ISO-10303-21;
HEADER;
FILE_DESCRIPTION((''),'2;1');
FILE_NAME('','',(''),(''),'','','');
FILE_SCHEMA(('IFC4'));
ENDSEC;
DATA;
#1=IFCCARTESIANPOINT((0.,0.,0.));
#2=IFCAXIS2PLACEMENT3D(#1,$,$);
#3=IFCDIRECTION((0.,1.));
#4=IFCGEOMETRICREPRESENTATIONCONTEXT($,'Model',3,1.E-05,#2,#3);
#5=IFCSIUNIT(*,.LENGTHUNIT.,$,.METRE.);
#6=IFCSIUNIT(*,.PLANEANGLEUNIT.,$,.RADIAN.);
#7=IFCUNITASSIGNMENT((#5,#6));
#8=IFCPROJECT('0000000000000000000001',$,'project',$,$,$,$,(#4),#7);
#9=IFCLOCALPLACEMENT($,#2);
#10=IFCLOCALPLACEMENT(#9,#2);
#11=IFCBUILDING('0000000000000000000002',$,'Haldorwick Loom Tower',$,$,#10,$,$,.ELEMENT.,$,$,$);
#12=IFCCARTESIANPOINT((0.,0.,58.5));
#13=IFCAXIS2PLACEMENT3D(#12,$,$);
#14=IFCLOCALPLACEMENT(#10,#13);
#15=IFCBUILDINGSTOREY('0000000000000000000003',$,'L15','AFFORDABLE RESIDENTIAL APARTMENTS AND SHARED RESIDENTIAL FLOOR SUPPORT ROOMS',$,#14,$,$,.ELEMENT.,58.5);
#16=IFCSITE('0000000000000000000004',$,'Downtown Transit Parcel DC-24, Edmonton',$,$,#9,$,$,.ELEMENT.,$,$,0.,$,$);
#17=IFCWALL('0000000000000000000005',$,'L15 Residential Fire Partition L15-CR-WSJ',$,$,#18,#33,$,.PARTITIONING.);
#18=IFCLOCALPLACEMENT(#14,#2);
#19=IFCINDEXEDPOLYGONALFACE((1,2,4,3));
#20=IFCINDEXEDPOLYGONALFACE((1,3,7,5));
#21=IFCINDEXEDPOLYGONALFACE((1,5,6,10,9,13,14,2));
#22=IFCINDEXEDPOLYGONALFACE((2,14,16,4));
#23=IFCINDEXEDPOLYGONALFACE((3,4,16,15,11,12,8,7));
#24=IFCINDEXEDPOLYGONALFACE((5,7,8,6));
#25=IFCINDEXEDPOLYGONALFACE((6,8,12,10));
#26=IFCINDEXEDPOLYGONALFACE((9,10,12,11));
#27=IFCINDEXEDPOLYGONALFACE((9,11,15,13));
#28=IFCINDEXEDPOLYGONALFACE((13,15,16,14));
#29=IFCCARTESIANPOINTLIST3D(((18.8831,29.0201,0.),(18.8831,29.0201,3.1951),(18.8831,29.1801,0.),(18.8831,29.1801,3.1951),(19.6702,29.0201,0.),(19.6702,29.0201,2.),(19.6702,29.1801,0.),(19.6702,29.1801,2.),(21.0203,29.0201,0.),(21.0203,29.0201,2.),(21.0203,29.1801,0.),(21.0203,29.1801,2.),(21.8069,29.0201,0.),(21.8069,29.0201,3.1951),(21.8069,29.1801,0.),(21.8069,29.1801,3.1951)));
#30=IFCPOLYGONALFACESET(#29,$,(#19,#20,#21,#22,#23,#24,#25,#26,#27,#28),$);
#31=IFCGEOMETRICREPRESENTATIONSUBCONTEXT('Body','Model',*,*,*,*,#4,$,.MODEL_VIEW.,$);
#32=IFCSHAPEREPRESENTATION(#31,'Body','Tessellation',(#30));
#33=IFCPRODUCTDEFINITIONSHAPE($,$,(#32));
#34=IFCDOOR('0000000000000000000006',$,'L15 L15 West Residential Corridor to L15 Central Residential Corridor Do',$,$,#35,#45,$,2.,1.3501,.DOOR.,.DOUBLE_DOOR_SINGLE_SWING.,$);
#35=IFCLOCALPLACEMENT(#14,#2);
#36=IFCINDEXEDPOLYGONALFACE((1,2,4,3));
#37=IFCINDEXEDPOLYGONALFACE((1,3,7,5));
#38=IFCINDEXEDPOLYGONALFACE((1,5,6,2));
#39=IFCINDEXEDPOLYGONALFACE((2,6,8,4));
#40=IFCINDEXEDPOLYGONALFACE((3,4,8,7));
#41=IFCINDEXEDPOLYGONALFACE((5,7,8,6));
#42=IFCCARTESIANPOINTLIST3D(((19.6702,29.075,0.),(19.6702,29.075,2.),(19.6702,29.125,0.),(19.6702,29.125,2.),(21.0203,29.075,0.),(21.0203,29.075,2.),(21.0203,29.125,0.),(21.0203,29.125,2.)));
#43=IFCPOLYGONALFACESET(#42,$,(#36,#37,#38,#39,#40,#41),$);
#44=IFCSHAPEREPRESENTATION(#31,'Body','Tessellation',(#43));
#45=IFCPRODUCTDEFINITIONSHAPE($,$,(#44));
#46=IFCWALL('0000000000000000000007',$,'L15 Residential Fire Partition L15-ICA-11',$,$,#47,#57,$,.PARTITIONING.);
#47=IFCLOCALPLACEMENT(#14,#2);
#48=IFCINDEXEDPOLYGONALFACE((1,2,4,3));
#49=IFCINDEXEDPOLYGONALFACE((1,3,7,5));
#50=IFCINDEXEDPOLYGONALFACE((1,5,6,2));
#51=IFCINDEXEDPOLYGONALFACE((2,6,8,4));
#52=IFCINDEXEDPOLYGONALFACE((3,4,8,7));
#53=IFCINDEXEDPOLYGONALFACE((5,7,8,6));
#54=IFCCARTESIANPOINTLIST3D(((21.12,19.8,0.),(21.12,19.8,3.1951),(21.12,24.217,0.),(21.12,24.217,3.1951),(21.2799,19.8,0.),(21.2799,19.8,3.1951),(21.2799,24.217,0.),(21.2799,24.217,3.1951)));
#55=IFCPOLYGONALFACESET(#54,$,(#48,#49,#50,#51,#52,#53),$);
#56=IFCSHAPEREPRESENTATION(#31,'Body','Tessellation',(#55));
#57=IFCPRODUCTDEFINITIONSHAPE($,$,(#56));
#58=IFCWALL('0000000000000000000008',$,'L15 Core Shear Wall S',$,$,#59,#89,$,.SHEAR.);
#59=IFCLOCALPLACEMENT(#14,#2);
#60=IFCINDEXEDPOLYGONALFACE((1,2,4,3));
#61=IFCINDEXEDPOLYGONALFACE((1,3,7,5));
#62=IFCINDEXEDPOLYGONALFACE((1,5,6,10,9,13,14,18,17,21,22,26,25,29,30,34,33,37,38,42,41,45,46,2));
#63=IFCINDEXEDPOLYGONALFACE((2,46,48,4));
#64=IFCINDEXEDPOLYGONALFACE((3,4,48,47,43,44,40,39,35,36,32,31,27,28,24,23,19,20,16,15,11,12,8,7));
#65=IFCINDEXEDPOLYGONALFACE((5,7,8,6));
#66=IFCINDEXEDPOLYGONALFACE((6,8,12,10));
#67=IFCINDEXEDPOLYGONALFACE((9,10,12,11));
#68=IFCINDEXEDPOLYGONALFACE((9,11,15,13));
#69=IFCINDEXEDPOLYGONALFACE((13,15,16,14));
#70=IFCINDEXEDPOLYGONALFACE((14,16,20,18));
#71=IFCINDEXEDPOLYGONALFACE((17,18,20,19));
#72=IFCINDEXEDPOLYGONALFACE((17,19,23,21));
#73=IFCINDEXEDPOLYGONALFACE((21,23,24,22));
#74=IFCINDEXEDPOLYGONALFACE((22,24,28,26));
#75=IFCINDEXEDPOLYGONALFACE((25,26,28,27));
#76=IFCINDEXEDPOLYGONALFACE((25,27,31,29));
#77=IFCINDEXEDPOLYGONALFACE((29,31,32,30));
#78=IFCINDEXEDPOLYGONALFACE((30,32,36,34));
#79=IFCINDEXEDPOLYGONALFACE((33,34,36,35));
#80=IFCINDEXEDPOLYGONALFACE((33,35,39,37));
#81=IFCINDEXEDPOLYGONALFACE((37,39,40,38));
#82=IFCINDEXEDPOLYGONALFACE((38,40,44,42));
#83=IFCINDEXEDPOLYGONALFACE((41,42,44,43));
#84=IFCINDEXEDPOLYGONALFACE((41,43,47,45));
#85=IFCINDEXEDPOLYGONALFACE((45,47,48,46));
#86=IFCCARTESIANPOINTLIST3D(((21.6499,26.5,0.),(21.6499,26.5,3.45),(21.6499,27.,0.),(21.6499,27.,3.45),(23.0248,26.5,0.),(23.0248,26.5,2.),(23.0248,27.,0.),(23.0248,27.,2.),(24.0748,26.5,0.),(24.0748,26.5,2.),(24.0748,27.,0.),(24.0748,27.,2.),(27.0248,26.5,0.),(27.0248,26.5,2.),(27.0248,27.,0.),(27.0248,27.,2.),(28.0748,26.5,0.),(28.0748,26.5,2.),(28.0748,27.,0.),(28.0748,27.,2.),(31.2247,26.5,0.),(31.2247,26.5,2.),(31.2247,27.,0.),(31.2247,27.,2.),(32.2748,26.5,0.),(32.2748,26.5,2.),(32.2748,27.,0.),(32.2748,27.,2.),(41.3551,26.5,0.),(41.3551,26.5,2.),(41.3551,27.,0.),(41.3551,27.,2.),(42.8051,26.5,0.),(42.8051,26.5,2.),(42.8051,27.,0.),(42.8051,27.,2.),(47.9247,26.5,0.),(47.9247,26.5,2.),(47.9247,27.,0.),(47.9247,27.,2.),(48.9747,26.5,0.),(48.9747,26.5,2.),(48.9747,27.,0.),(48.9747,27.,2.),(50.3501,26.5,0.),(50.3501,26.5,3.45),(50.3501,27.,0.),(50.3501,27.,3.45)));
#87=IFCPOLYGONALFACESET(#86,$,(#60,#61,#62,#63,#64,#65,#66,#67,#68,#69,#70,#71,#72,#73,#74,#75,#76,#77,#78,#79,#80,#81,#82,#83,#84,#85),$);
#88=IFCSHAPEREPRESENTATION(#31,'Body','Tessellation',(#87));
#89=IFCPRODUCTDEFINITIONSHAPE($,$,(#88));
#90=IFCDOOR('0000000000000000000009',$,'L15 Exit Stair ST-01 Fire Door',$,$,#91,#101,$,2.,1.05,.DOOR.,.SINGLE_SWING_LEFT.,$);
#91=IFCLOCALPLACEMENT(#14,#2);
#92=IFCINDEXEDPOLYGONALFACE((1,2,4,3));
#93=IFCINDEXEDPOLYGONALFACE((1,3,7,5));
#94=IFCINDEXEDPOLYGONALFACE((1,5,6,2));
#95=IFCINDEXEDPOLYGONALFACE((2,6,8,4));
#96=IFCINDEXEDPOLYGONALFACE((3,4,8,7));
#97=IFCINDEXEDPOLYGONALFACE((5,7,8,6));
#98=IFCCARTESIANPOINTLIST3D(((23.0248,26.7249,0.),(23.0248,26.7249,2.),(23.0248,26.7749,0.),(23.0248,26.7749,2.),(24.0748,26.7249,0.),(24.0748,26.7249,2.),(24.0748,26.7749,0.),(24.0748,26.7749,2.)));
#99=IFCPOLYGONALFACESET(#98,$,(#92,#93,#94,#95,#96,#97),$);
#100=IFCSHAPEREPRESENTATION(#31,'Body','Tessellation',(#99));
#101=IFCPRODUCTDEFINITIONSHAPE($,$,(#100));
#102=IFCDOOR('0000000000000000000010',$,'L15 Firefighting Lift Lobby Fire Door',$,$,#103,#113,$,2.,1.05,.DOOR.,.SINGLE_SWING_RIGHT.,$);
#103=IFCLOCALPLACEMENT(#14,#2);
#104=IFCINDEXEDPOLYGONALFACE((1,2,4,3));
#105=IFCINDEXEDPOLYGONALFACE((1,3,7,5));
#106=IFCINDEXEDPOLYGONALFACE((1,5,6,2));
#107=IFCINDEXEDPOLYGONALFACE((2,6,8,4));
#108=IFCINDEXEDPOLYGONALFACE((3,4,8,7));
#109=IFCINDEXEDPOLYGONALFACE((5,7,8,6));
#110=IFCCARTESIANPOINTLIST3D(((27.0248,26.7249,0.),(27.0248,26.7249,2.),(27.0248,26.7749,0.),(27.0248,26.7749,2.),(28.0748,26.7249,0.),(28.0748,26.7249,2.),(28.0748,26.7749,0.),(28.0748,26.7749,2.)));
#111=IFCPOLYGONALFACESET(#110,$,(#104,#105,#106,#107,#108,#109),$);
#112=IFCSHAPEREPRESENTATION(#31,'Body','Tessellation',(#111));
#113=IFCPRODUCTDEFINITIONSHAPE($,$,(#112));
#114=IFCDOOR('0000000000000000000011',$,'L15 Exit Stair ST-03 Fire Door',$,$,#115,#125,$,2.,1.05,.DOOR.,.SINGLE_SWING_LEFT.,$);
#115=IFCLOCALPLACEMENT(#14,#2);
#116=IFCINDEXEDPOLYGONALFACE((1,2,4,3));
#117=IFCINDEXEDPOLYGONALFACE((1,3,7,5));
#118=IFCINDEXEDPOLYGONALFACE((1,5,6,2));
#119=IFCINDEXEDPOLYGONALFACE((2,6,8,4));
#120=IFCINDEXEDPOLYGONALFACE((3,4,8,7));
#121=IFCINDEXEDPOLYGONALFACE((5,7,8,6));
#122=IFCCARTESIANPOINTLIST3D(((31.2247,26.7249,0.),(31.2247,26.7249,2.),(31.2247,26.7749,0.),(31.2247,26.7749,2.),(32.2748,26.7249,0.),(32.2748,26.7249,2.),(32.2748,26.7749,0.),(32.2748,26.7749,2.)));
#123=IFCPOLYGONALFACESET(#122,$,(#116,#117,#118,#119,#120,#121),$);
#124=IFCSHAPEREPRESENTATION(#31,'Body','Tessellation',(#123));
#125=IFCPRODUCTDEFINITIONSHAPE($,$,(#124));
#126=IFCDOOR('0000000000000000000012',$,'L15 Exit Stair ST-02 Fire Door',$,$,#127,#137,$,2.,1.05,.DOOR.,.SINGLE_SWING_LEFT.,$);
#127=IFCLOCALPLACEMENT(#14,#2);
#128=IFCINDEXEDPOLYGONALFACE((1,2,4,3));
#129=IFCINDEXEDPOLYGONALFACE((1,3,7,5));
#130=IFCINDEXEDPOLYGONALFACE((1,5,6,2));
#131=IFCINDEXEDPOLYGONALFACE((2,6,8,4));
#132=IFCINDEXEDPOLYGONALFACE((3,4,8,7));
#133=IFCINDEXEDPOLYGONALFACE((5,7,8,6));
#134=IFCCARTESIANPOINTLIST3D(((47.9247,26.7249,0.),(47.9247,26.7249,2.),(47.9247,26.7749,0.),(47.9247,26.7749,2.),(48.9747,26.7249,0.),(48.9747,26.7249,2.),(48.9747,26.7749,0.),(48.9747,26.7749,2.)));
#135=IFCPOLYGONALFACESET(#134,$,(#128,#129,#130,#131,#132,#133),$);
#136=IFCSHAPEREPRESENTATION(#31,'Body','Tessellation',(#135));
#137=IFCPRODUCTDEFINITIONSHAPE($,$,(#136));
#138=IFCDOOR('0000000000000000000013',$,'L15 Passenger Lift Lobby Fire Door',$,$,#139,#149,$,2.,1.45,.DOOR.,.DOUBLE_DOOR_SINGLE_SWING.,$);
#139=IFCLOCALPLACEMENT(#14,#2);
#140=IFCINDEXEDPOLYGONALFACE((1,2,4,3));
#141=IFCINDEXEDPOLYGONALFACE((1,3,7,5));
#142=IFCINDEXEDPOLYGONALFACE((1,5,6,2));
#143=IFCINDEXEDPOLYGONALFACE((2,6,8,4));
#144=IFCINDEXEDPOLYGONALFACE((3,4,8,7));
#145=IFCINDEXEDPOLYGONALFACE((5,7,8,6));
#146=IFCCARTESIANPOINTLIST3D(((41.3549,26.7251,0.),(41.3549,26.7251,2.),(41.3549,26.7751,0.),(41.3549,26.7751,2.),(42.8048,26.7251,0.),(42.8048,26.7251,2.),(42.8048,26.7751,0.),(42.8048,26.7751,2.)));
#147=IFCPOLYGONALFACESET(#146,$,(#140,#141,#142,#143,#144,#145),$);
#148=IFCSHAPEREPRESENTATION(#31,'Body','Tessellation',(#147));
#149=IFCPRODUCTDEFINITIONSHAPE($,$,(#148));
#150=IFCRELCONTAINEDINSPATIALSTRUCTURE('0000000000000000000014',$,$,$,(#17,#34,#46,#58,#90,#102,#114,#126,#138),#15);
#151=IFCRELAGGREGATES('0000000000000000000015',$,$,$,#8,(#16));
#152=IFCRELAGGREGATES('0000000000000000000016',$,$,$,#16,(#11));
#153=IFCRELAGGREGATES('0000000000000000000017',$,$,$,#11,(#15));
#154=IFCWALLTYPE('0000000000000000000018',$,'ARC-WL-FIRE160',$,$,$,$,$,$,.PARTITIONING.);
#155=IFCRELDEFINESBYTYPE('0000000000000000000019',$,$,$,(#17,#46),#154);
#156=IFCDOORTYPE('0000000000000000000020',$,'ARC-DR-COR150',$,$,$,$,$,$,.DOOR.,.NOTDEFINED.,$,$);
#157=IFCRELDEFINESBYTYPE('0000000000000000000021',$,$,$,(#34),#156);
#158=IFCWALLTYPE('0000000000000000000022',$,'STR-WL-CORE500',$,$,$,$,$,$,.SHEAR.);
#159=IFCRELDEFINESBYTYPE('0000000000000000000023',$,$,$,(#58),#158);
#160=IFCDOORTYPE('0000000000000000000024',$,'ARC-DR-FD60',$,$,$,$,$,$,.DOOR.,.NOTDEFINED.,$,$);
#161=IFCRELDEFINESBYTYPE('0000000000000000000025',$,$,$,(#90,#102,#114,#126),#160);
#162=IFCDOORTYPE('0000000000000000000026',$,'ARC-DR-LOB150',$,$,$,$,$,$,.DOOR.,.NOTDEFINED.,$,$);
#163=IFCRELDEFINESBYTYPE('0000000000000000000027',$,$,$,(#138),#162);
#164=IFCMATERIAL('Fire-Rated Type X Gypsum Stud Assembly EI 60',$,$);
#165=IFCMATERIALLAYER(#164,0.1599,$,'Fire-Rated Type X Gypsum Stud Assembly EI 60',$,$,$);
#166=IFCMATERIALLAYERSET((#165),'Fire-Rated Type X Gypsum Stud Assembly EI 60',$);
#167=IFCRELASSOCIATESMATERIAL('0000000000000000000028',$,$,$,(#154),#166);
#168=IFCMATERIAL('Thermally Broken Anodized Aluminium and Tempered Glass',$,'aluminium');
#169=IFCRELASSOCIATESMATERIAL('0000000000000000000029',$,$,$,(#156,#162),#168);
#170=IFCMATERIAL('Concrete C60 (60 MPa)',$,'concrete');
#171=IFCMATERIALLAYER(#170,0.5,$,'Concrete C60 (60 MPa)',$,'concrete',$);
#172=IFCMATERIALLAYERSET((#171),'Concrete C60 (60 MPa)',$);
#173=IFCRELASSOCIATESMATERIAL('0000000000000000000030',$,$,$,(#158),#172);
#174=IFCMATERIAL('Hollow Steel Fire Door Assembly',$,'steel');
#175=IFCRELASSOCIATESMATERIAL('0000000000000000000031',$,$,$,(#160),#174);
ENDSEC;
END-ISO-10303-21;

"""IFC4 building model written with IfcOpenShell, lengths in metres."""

from ifc_helpers import new_model, si_unit, direction, frame, frame_2d, origin, place, context, subcontext, project, spatial, rectangle, extrude, material, layer, layer_set, type_object, element, fill, save


model = new_model("IFC4")

# Units and contexts
model_context = context("Model", 3, precision=1e-05, world=origin(), true_north=direction((0.0, 1.0)))
body_context = subcontext(model_context, "Body", "Model", "MODEL_VIEW")
ifc_project = project(units=[si_unit("LENGTHUNIT", "METRE"), si_unit("PLANEANGLEUNIT", "RADIAN")], contexts=[model_context])

# Site, building, storey
site_placement = place(None, origin())
site = spatial("IfcSite", under=ifc_project, at=site_placement, Name="Downtown Transit Parcel DC-24, Edmonton", CompositionType="ELEMENT", RefElevation=0.0)
building_placement = place(site_placement, origin())
building = spatial("IfcBuilding", under=site, at=building_placement, Name="Haldorwick Loom Tower", CompositionType="ELEMENT")
storey_placement = place(building_placement, frame((0.0, 0.0, 58.5)))
storey = spatial("IfcBuildingStorey", under=building, at=storey_placement, Name="L15", Description="AFFORDABLE RESIDENTIAL APARTMENTS AND SHARED RESIDENTIAL FLOOR SUPPORT ROOMS", CompositionType="ELEMENT", Elevation=58.5)

# Shared definitions
ifc_material_1 = material(Name="Concrete C60 (60 MPa)", Category="concrete")

# Wall, opening, door
ifc_material_2 = material(Name="Fire-Rated Type X Gypsum Stud Assembly EI 60")
ifc_layer_1 = layer(ifc_material_2, 0.1599, Name="Fire-Rated Type X Gypsum Stud Assembly EI 60")
ifc_layer_set_1 = layer_set([ifc_layer_1], Name="Fire-Rated Type X Gypsum Stud Assembly EI 60")
wall_type_1 = type_object("IfcWallType", Name="ARC-WL-FIRE160", PredefinedType="PARTITIONING", material=ifc_layer_set_1)
wall_1_placement = place(storey_placement, frame((18.8831, 29.1001, 0.0), z_axis=(0.0, 0.0, 1.0), x_axis=(1.0, 0.0, 0.0)))
wall_1 = element("IfcWall", 1, at=wall_1_placement, inside=storey, type_object=wall_type_1, Name="L15 Residential Fire Partition L15-CR-WSJ", PredefinedType="PARTITIONING", context=body_context, shape_type="SweptSolid", body=[
    extrude(rectangle(XDim=2.9238, YDim=0.1599, at=frame_2d((1.4619, 0.0))), origin(), (0.0, 0.0, 1.0), 3.1951),
])
opening_1_placement = place(wall_1_placement, frame((0.7871, 0.0, 0.0)))
opening_1 = element("IfcOpeningElement", 2, at=opening_1_placement, cuts=wall_1, PredefinedType="OPENING", context=body_context, shape_type="SweptSolid", body=[
    extrude(rectangle(XDim=1.3501, YDim=2.0, at=frame_2d((0.675, 1.0))), frame((0.0, 0.0898, 0.0), z_axis=(0.0, -1.0, 0.0), x_axis=(1.0, 0.0, 0.0)), (0.0, 0.0, 1.0), 0.1799),
])
ifc_material_3 = material(Name="Thermally Broken Anodized Aluminium and Tempered Glass", Category="aluminium")
door_type_1 = type_object("IfcDoorType", Name="ARC-DR-COR150", OperationType="NOTDEFINED", PredefinedType="DOOR", material=ifc_material_3)
door_1_placement = place(opening_1_placement, origin())
door_1 = element("IfcDoor", 3, at=door_1_placement, inside=storey, type_object=door_type_1, Name="L15 L15 West Residential Corridor to L15 Central Residential Corridor Do", OperationType="DOUBLE_DOOR_SINGLE_SWING", OverallHeight=2.0, OverallWidth=1.3501, PredefinedType="DOOR", context=body_context, shape_type="SweptSolid", body=[
    extrude(rectangle(XDim=1.3501, YDim=2.0, at=frame_2d((0.675, 1.0))), frame((0.0, 0.0249, 0.0), z_axis=(0.0, -1.0, 0.0), x_axis=(1.0, 0.0, 0.0)), (0.0, 0.0, 1.0), 0.05),
])
fill(opening_1, door_1)

# Wall
wall_2_placement = place(storey_placement, frame((21.2, 24.217, 0.0), z_axis=(0.0, 0.0, 1.0), x_axis=(0.0, -1.0, 0.0)))
element("IfcWall", 4, at=wall_2_placement, inside=storey, type_object=wall_type_1, Name="L15 Residential Fire Partition L15-ICA-11", PredefinedType="PARTITIONING", context=body_context, shape_type="SweptSolid", body=[
    extrude(rectangle(XDim=4.417, YDim=0.1599, at=frame_2d((2.2085, 0.0))), origin(), (0.0, 0.0, 1.0), 3.1951),
])

# Wall, openings, doors
ifc_layer_2 = layer(ifc_material_1, 0.5, Name="Concrete C60 (60 MPa)", Category="concrete")
ifc_layer_set_2 = layer_set([ifc_layer_2], Name="Concrete C60 (60 MPa)")
wall_type_2 = type_object("IfcWallType", Name="STR-WL-CORE500", PredefinedType="SHEAR", material=ifc_layer_set_2)
wall_3_placement = place(storey_placement, frame((21.6499, 26.75, 0.0), z_axis=(0.0, 0.0, 1.0), x_axis=(1.0, 0.0, 0.0)))
wall_3 = element("IfcWall", 5, at=wall_3_placement, inside=storey, type_object=wall_type_2, Name="L15 Core Shear Wall S", PredefinedType="SHEAR", context=body_context, shape_type="SweptSolid", body=[
    extrude(rectangle(XDim=28.7002, YDim=0.5, at=frame_2d((14.3501, 0.0))), origin(), (0.0, 0.0, 1.0), 3.45),
])
opening_2_placement = place(wall_3_placement, frame((1.375, 0.0, 0.0)))
opening_2 = element("IfcOpeningElement", 6, at=opening_2_placement, cuts=wall_3, PredefinedType="OPENING", context=body_context, shape_type="SweptSolid", body=[
    extrude(rectangle(XDim=1.05, YDim=2.0, at=frame_2d((0.5249, 1.0))), frame((0.0, 0.26, 0.0), z_axis=(0.0, -1.0, 0.0), x_axis=(1.0, 0.0, 0.0)), (0.0, 0.0, 1.0), 0.52),
])
opening_3_placement = place(wall_3_placement, frame((5.375, 0.0, 0.0)))
opening_3 = element("IfcOpeningElement", 7, at=opening_3_placement, cuts=wall_3, PredefinedType="OPENING", context=body_context, shape_type="SweptSolid", body=[
    extrude(rectangle(XDim=1.05, YDim=2.0, at=frame_2d((0.5249, 1.0))), frame((0.0, 0.26, 0.0), z_axis=(0.0, -1.0, 0.0), x_axis=(1.0, 0.0, 0.0)), (0.0, 0.0, 1.0), 0.52),
])
opening_4_placement = place(wall_3_placement, frame((9.575, 0.0, 0.0)))
opening_4 = element("IfcOpeningElement", 8, at=opening_4_placement, cuts=wall_3, PredefinedType="OPENING", context=body_context, shape_type="SweptSolid", body=[
    extrude(rectangle(XDim=1.05, YDim=2.0, at=frame_2d((0.5249, 1.0))), frame((0.0, 0.26, 0.0), z_axis=(0.0, -1.0, 0.0), x_axis=(1.0, 0.0, 0.0)), (0.0, 0.0, 1.0), 0.52),
])
opening_5_placement = place(wall_3_placement, frame((19.7051, 0.0, 0.0)))
opening_5 = element("IfcOpeningElement", 9, at=opening_5_placement, cuts=wall_3, PredefinedType="OPENING", context=body_context, shape_type="SweptSolid", body=[
    extrude(rectangle(XDim=1.45, YDim=2.0, at=frame_2d((0.7251, 1.0))), frame((0.0, 0.26, 0.0), z_axis=(0.0, -1.0, 0.0), x_axis=(1.0, 0.0, 0.0)), (0.0, 0.0, 1.0), 0.52),
])
opening_6_placement = place(wall_3_placement, frame((26.2749, 0.0, 0.0)))
opening_6 = element("IfcOpeningElement", 10, at=opening_6_placement, cuts=wall_3, PredefinedType="OPENING", context=body_context, shape_type="SweptSolid", body=[
    extrude(rectangle(XDim=1.05, YDim=2.0, at=frame_2d((0.5249, 1.0))), frame((0.0, 0.26, 0.0), z_axis=(0.0, -1.0, 0.0), x_axis=(1.0, 0.0, 0.0)), (0.0, 0.0, 1.0), 0.52),
])
ifc_material_4 = material(Name="Hollow Steel Fire Door Assembly", Category="steel")
door_type_2 = type_object("IfcDoorType", Name="ARC-DR-FD60", OperationType="NOTDEFINED", PredefinedType="DOOR", material=ifc_material_4)
door_2_placement = place(opening_2_placement, origin())
door_2 = element("IfcDoor", 11, at=door_2_placement, inside=storey, type_object=door_type_2, Name="L15 Exit Stair ST-01 Fire Door", OperationType="SINGLE_SWING_LEFT", OverallHeight=2.0, OverallWidth=1.05, PredefinedType="DOOR", context=body_context, shape_type="SweptSolid", body=[
    extrude(rectangle(XDim=1.05, YDim=2.0, at=frame_2d((0.5249, 1.0))), frame((0.0, 0.0249, 0.0), z_axis=(0.0, -1.0, 0.0), x_axis=(1.0, 0.0, 0.0)), (0.0, 0.0, 1.0), 0.05),
])
fill(opening_2, door_2)
door_3_placement = place(opening_3_placement, origin())
door_3 = element("IfcDoor", 12, at=door_3_placement, inside=storey, type_object=door_type_2, Name="L15 Firefighting Lift Lobby Fire Door", OperationType="SINGLE_SWING_RIGHT", OverallHeight=2.0, OverallWidth=1.05, PredefinedType="DOOR", context=body_context, shape_type="SweptSolid", body=[
    extrude(rectangle(XDim=1.05, YDim=2.0, at=frame_2d((0.5249, 1.0))), frame((0.0, 0.0249, 0.0), z_axis=(0.0, -1.0, 0.0), x_axis=(1.0, 0.0, 0.0)), (0.0, 0.0, 1.0), 0.05),
])
fill(opening_3, door_3)
door_4_placement = place(opening_4_placement, origin())
door_4 = element("IfcDoor", 13, at=door_4_placement, inside=storey, type_object=door_type_2, Name="L15 Exit Stair ST-03 Fire Door", OperationType="SINGLE_SWING_LEFT", OverallHeight=2.0, OverallWidth=1.05, PredefinedType="DOOR", context=body_context, shape_type="SweptSolid", body=[
    extrude(rectangle(XDim=1.05, YDim=2.0, at=frame_2d((0.5249, 1.0))), frame((0.0, 0.0249, 0.0), z_axis=(0.0, -1.0, 0.0), x_axis=(1.0, 0.0, 0.0)), (0.0, 0.0, 1.0), 0.05),
])
fill(opening_4, door_4)
door_5_placement = place(opening_6_placement, origin())
door_5 = element("IfcDoor", 14, at=door_5_placement, inside=storey, type_object=door_type_2, Name="L15 Exit Stair ST-02 Fire Door", OperationType="SINGLE_SWING_LEFT", OverallHeight=2.0, OverallWidth=1.05, PredefinedType="DOOR", context=body_context, shape_type="SweptSolid", body=[
    extrude(rectangle(XDim=1.05, YDim=2.0, at=frame_2d((0.5249, 1.0))), frame((0.0, 0.0249, 0.0), z_axis=(0.0, -1.0, 0.0), x_axis=(1.0, 0.0, 0.0)), (0.0, 0.0, 1.0), 0.05),
])
fill(opening_6, door_5)
door_type_3 = type_object("IfcDoorType", Name="ARC-DR-LOB150", OperationType="NOTDEFINED", PredefinedType="DOOR", material=ifc_material_3)
door_6_placement = place(opening_5_placement, frame((1.45, 0.0, 0.0), z_axis=(0.0, 0.0, 1.0), x_axis=(-1.0, 0.0, 0.0)))
door_6 = element("IfcDoor", 15, at=door_6_placement, inside=storey, type_object=door_type_3, Name="L15 Passenger Lift Lobby Fire Door", OperationType="DOUBLE_DOOR_SINGLE_SWING", OverallHeight=2.0, OverallWidth=1.45, PredefinedType="DOOR", context=body_context, shape_type="SweptSolid", body=[
    extrude(rectangle(XDim=1.45, YDim=2.0, at=frame_2d((0.7251, 1.0))), frame((0.0, 0.0249, 0.0), z_axis=(0.0, -1.0, 0.0), x_axis=(1.0, 0.0, 0.0)), (0.0, 0.0, 1.0), 0.05),
])
fill(opening_5, door_6)

save(model, "model.ifc")
